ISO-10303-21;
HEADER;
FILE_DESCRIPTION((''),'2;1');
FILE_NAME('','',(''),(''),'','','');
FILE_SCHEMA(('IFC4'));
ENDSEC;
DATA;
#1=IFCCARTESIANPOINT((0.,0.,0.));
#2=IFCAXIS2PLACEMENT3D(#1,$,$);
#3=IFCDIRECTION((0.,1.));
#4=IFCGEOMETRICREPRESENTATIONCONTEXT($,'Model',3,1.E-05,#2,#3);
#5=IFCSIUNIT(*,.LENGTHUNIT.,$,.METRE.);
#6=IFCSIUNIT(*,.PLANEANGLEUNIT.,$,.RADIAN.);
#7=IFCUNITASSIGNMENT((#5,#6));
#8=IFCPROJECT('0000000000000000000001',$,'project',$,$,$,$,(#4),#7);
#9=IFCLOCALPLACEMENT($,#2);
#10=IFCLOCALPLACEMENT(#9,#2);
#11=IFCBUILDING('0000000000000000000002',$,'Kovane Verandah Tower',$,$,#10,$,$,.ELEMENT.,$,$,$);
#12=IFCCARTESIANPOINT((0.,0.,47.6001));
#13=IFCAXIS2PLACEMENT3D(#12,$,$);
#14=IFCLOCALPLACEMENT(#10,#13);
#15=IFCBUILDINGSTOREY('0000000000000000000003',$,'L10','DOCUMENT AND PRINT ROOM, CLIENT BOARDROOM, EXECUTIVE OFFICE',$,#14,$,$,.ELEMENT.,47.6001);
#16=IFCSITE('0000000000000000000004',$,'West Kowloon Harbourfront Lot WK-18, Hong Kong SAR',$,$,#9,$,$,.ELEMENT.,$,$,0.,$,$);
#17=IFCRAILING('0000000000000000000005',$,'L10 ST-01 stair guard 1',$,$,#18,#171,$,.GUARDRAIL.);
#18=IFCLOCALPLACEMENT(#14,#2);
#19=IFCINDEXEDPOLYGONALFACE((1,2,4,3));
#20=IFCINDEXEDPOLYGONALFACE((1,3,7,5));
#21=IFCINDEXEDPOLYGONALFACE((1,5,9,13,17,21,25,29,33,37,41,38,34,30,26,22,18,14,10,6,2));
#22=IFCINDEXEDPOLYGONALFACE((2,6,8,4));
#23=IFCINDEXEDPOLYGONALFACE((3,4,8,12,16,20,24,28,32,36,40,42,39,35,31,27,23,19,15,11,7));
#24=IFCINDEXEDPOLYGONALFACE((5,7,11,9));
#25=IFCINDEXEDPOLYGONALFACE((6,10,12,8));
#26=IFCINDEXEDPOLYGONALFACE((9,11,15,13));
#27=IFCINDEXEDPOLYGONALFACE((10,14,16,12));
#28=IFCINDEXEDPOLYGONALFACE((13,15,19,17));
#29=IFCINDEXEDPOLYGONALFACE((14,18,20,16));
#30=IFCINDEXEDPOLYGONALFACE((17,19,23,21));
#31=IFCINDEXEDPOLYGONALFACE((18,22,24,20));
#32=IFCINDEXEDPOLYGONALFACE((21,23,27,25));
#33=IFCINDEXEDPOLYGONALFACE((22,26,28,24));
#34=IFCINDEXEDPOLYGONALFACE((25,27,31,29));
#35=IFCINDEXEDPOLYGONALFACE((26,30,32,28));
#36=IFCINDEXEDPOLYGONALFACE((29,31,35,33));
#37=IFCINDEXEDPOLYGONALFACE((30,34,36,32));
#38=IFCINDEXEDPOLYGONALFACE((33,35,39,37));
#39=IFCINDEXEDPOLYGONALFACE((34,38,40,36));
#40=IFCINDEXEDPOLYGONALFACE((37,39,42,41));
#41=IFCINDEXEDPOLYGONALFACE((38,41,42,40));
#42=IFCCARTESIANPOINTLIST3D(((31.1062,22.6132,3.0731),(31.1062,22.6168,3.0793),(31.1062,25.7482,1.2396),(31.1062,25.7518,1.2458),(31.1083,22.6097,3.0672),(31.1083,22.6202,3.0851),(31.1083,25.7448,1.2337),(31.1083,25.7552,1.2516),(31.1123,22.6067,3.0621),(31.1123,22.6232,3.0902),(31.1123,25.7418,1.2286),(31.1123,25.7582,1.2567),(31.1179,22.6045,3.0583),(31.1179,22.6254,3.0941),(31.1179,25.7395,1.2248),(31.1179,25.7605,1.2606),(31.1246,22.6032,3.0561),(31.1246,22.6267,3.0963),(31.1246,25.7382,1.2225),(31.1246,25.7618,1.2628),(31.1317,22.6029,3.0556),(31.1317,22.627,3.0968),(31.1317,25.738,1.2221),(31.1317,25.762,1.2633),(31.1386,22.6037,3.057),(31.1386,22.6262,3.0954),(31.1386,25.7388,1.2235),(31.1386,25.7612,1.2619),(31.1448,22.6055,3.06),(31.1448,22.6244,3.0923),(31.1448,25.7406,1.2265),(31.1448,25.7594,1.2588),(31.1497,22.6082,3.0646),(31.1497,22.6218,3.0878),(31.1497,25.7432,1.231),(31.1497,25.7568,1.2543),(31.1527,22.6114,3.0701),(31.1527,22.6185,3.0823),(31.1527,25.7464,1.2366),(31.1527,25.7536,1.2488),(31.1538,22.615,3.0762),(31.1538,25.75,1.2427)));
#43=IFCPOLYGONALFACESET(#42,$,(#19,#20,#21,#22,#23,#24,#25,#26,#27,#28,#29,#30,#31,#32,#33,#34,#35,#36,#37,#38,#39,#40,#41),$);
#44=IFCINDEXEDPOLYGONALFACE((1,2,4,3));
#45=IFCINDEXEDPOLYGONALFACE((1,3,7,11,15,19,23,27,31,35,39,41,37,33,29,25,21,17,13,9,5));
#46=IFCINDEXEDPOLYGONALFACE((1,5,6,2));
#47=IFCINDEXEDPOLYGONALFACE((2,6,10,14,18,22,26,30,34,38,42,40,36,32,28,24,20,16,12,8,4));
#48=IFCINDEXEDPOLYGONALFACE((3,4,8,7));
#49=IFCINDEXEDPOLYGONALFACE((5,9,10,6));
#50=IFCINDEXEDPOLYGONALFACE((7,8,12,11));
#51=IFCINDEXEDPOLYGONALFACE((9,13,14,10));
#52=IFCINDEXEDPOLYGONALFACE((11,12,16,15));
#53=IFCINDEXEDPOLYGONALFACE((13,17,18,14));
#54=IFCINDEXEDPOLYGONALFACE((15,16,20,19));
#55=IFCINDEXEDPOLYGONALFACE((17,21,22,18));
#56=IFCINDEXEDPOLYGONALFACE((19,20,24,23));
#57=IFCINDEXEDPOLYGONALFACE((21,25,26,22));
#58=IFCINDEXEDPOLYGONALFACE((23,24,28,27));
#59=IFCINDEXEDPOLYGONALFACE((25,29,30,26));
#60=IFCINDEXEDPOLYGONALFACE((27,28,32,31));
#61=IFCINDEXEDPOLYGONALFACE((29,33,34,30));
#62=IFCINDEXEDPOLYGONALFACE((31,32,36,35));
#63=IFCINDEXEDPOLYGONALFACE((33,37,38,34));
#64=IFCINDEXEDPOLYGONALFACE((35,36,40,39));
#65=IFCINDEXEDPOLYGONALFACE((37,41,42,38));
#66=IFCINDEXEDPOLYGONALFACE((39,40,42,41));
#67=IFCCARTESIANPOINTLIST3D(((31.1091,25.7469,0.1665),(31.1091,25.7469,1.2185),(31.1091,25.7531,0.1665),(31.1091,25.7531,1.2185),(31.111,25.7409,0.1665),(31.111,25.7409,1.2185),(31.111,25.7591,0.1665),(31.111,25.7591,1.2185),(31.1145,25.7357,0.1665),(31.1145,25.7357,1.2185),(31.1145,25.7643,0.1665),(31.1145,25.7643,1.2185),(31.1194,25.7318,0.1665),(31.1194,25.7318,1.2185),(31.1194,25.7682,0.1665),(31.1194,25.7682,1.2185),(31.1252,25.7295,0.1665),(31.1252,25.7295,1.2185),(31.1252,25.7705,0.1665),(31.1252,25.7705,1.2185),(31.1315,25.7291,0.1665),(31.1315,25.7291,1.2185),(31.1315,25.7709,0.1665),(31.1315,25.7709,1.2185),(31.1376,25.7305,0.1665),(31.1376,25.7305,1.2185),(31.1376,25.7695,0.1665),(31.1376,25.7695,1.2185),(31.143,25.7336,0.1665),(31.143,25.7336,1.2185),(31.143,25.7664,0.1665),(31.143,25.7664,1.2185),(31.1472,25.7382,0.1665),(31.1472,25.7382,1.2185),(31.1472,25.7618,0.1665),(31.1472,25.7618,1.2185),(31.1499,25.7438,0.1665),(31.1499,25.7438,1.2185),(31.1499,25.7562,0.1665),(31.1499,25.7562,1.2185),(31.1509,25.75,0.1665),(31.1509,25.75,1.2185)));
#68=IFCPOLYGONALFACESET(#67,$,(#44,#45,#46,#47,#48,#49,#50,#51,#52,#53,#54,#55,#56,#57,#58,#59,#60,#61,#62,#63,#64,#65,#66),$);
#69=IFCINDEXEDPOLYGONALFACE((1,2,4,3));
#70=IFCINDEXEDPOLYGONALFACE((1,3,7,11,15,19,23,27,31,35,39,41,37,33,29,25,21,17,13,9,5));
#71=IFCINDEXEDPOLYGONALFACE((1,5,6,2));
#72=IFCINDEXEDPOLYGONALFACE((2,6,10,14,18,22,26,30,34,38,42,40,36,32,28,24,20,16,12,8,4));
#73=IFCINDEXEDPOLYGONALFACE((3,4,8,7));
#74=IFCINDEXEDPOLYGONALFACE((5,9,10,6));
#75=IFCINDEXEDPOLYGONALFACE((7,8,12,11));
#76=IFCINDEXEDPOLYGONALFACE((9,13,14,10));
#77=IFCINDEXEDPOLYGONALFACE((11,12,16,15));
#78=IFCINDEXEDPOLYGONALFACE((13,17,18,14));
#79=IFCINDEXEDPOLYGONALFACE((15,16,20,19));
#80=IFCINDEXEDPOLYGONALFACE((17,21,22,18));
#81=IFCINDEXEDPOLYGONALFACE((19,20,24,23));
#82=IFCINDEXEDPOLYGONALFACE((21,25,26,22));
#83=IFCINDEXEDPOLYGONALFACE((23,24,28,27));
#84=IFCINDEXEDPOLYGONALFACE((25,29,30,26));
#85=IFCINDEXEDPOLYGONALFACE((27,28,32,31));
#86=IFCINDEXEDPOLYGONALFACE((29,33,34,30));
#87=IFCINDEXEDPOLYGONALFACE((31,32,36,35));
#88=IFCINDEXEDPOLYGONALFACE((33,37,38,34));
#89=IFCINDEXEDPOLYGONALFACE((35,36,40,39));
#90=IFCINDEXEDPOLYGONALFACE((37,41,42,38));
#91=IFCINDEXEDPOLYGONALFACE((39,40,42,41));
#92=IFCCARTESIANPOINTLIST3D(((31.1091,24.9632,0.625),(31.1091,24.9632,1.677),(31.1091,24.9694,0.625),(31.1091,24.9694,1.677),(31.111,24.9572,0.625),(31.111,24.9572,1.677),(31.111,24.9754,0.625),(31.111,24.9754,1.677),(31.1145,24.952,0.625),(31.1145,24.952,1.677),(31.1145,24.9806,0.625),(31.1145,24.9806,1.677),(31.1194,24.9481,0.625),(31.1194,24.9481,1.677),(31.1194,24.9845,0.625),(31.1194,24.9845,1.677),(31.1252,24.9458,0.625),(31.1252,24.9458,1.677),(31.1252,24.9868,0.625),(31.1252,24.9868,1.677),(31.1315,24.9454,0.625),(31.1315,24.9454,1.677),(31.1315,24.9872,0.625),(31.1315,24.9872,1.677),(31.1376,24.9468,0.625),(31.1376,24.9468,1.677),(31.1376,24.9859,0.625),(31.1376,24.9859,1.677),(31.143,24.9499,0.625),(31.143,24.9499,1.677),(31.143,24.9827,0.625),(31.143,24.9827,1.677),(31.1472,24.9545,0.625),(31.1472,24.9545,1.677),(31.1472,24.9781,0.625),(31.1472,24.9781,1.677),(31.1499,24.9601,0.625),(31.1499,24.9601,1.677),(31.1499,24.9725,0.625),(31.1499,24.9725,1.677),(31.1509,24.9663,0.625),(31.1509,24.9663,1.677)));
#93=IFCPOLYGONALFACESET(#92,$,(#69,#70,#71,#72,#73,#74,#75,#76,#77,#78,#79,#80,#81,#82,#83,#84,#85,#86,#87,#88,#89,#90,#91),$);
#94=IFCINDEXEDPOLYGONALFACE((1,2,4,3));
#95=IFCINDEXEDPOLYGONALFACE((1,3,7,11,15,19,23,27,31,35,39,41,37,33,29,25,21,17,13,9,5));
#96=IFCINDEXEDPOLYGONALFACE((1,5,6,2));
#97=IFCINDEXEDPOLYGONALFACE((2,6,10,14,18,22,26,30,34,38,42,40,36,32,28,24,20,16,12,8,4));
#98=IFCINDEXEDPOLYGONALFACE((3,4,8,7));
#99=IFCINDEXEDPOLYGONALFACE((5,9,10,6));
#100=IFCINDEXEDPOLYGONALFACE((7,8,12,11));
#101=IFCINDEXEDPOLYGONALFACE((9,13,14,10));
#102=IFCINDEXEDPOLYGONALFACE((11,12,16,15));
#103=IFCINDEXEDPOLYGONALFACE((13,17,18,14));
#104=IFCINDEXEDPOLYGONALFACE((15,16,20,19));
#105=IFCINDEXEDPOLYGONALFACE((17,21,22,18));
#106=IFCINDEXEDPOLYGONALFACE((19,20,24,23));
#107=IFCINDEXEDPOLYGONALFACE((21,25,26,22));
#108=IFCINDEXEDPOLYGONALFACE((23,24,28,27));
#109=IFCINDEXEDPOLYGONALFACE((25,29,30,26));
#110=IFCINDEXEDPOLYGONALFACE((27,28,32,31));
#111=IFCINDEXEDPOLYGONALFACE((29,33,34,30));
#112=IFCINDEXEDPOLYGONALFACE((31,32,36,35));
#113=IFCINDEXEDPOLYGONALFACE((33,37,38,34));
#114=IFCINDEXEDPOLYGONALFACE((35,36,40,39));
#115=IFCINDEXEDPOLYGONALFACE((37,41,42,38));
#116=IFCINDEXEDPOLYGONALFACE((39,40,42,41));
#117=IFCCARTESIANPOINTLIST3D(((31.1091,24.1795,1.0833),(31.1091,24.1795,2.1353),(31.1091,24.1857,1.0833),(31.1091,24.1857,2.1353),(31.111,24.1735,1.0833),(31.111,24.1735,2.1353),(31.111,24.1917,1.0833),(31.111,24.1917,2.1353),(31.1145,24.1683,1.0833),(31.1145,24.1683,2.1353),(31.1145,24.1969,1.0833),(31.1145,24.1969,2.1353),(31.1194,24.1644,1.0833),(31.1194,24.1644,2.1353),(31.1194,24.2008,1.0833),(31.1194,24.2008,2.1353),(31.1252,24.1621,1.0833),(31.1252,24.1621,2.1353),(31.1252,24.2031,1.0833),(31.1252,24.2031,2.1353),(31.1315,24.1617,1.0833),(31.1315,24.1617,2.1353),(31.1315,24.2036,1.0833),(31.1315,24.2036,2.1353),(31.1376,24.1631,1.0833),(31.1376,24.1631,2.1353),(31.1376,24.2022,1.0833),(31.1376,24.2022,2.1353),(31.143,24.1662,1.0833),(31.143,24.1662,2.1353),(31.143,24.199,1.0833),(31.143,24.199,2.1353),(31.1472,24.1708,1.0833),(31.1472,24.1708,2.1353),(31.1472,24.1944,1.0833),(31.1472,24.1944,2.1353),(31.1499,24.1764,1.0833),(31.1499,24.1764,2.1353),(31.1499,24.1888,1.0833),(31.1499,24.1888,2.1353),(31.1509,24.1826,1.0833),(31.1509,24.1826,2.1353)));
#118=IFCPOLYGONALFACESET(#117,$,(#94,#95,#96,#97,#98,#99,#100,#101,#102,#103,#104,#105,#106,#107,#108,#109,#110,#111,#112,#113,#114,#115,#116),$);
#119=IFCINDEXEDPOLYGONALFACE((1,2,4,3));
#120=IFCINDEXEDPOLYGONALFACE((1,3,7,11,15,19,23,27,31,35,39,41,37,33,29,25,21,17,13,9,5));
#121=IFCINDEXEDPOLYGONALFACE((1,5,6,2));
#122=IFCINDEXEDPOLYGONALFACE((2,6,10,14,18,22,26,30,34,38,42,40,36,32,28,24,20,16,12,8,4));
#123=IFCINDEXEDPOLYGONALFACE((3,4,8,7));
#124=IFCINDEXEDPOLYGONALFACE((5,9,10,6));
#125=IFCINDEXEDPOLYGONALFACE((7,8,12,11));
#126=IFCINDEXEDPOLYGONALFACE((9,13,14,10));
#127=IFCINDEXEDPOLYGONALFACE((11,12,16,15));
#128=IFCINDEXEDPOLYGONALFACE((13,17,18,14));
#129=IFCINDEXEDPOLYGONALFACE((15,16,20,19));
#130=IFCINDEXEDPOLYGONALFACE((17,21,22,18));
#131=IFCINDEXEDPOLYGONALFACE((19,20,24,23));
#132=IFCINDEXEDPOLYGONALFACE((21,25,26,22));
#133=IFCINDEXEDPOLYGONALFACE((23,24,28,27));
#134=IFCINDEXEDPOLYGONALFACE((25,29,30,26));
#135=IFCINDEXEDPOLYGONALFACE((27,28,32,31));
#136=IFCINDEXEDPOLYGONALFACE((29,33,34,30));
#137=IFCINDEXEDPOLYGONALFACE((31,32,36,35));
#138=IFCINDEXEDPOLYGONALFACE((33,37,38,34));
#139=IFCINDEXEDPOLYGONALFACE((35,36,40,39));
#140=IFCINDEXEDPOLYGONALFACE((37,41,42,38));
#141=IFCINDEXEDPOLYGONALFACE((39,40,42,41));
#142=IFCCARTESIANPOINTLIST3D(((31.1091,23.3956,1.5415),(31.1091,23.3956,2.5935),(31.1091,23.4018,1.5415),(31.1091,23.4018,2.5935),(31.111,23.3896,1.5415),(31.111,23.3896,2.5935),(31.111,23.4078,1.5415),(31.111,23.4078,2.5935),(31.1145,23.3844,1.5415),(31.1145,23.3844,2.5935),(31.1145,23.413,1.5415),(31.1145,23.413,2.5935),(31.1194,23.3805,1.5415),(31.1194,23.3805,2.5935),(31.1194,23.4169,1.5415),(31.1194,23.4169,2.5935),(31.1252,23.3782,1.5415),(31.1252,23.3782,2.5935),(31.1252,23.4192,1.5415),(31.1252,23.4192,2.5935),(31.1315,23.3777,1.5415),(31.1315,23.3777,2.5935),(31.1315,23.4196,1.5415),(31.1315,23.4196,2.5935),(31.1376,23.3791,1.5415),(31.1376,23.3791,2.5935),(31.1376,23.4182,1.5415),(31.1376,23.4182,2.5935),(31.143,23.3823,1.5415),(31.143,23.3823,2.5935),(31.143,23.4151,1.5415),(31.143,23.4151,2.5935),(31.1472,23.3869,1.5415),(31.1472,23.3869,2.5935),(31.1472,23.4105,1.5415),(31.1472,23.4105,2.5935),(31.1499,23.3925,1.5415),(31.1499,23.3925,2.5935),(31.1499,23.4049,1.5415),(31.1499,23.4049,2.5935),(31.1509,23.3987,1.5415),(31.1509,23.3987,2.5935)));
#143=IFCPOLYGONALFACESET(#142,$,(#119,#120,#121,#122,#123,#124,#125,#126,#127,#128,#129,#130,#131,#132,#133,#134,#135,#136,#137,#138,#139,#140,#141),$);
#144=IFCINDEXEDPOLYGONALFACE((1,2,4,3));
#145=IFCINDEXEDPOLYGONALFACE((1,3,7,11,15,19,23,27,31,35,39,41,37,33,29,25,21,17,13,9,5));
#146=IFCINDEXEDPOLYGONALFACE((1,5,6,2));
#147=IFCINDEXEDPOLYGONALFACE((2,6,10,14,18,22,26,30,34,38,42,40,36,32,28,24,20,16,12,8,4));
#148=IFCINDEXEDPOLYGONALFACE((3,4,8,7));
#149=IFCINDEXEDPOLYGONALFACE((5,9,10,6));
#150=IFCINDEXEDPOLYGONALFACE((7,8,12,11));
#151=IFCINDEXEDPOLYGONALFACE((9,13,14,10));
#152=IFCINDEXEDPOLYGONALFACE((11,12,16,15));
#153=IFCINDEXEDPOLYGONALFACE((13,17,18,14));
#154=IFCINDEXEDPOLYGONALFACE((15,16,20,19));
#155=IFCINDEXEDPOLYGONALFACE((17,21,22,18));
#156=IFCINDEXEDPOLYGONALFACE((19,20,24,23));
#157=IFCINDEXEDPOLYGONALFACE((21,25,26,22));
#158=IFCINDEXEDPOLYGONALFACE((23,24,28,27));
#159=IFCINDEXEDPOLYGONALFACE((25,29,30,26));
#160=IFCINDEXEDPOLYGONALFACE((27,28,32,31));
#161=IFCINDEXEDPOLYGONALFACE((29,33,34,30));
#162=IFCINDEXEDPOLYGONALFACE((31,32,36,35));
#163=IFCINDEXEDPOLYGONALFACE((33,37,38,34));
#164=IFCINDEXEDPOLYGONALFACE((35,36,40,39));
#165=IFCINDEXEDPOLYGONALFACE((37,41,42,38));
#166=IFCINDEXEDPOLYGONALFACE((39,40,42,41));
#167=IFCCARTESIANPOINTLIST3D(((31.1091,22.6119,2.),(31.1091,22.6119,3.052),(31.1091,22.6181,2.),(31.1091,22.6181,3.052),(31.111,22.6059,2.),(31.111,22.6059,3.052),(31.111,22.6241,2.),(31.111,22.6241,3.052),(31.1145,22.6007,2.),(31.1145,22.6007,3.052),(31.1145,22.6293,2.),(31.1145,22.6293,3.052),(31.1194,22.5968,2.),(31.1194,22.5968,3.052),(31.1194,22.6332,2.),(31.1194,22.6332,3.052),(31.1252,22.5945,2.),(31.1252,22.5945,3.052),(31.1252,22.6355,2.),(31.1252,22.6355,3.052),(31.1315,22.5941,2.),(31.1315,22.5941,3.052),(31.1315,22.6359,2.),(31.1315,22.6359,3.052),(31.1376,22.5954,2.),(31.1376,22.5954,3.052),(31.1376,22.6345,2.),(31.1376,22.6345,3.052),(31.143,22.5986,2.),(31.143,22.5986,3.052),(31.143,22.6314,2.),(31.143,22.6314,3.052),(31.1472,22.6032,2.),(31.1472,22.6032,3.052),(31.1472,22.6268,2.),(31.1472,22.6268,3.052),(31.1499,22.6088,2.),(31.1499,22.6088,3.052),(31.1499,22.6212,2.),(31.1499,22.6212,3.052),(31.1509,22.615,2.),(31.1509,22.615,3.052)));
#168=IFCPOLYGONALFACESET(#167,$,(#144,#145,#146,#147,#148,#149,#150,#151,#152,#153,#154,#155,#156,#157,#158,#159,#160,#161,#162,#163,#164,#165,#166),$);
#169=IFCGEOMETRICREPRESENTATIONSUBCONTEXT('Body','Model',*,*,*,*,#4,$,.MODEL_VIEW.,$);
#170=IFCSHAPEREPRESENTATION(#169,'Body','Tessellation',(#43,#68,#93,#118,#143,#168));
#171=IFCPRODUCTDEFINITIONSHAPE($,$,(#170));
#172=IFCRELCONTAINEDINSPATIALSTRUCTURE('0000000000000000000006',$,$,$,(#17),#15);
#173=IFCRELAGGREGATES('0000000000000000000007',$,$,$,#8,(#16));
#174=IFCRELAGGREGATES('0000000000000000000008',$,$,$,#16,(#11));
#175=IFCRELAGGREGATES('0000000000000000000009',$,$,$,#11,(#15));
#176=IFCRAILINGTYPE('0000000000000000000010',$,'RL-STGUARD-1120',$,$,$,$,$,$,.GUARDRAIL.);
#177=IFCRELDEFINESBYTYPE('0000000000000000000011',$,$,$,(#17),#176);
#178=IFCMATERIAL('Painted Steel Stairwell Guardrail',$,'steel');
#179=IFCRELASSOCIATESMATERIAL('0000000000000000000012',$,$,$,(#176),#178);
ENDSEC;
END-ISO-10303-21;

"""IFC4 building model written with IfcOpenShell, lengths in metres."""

from ifc_helpers import new_model, si_unit, direction, frame, origin, origin_2d, place, context, subcontext, project, spatial, circle, extrude, material, type_object, element, save


model = new_model("IFC4")

# Units and contexts
model_context = context("Model", 3, precision=1e-05, world=origin(), true_north=direction((0.0, 1.0)))
body_context = subcontext(model_context, "Body", "Model", "MODEL_VIEW")
ifc_project = project(units=[si_unit("LENGTHUNIT", "METRE"), si_unit("PLANEANGLEUNIT", "RADIAN")], contexts=[model_context])

# Site, building, storey
site_placement = place(None, origin())
site = spatial("IfcSite", under=ifc_project, at=site_placement, Name="West Kowloon Harbourfront Lot WK-18, Hong Kong SAR", CompositionType="ELEMENT", RefElevation=0.0)
building_placement = place(site_placement, origin())
building = spatial("IfcBuilding", under=site, at=building_placement, Name="Kovane Verandah Tower", CompositionType="ELEMENT")
storey_placement = place(building_placement, frame((0.0, 0.0, 47.6001)))
storey = spatial("IfcBuildingStorey", under=building, at=storey_placement, Name="L10", Description="DOCUMENT AND PRINT ROOM, CLIENT BOARDROOM, EXECUTIVE OFFICE", CompositionType="ELEMENT", Elevation=47.6001)

# Railing
ifc_material_1 = material(Name="Painted Steel Stairwell Guardrail", Category="steel")
railing_type_1 = type_object("IfcRailingType", Name="RL-STGUARD-1120", PredefinedType="GUARDRAIL", material=ifc_material_1)
railing_1_placement = place(storey_placement, frame((31.1299, 25.75, 0.1665)))
element("IfcRailing", 1, at=railing_1_placement, inside=storey, type_object=railing_type_1, Name="L10 ST-01 stair guard 1", PredefinedType="GUARDRAIL", context=body_context, shape_type="SweptSolid", body=[
    extrude(circle(Radius=0.0239, at=origin_2d()), frame((0.0, 0.0, 1.0762), z_axis=(0.0, -0.86321, 0.504845), x_axis=(1.0, 0.0, 0.0)), (0.0, 0.0, 1.0), 3.6318),
    extrude(circle(Radius=0.021, at=origin_2d()), origin(), (0.0, 0.0, 1.0), 1.052),
    extrude(circle(Radius=0.021, at=origin_2d()), frame((0.0, -0.7837, 0.4585)), (0.0, 0.0, 1.0), 1.052),
    extrude(circle(Radius=0.021, at=origin_2d()), frame((0.0, -1.5674, 0.9167)), (0.0, 0.0, 1.0), 1.052),
    extrude(circle(Radius=0.021, at=origin_2d()), frame((0.0, -2.3513, 1.375)), (0.0, 0.0, 1.0), 1.052),
    extrude(circle(Radius=0.021, at=origin_2d()), frame((0.0, -3.135, 1.8335)), (0.0, 0.0, 1.0), 1.052),
])

save(model, "model.ifc")
